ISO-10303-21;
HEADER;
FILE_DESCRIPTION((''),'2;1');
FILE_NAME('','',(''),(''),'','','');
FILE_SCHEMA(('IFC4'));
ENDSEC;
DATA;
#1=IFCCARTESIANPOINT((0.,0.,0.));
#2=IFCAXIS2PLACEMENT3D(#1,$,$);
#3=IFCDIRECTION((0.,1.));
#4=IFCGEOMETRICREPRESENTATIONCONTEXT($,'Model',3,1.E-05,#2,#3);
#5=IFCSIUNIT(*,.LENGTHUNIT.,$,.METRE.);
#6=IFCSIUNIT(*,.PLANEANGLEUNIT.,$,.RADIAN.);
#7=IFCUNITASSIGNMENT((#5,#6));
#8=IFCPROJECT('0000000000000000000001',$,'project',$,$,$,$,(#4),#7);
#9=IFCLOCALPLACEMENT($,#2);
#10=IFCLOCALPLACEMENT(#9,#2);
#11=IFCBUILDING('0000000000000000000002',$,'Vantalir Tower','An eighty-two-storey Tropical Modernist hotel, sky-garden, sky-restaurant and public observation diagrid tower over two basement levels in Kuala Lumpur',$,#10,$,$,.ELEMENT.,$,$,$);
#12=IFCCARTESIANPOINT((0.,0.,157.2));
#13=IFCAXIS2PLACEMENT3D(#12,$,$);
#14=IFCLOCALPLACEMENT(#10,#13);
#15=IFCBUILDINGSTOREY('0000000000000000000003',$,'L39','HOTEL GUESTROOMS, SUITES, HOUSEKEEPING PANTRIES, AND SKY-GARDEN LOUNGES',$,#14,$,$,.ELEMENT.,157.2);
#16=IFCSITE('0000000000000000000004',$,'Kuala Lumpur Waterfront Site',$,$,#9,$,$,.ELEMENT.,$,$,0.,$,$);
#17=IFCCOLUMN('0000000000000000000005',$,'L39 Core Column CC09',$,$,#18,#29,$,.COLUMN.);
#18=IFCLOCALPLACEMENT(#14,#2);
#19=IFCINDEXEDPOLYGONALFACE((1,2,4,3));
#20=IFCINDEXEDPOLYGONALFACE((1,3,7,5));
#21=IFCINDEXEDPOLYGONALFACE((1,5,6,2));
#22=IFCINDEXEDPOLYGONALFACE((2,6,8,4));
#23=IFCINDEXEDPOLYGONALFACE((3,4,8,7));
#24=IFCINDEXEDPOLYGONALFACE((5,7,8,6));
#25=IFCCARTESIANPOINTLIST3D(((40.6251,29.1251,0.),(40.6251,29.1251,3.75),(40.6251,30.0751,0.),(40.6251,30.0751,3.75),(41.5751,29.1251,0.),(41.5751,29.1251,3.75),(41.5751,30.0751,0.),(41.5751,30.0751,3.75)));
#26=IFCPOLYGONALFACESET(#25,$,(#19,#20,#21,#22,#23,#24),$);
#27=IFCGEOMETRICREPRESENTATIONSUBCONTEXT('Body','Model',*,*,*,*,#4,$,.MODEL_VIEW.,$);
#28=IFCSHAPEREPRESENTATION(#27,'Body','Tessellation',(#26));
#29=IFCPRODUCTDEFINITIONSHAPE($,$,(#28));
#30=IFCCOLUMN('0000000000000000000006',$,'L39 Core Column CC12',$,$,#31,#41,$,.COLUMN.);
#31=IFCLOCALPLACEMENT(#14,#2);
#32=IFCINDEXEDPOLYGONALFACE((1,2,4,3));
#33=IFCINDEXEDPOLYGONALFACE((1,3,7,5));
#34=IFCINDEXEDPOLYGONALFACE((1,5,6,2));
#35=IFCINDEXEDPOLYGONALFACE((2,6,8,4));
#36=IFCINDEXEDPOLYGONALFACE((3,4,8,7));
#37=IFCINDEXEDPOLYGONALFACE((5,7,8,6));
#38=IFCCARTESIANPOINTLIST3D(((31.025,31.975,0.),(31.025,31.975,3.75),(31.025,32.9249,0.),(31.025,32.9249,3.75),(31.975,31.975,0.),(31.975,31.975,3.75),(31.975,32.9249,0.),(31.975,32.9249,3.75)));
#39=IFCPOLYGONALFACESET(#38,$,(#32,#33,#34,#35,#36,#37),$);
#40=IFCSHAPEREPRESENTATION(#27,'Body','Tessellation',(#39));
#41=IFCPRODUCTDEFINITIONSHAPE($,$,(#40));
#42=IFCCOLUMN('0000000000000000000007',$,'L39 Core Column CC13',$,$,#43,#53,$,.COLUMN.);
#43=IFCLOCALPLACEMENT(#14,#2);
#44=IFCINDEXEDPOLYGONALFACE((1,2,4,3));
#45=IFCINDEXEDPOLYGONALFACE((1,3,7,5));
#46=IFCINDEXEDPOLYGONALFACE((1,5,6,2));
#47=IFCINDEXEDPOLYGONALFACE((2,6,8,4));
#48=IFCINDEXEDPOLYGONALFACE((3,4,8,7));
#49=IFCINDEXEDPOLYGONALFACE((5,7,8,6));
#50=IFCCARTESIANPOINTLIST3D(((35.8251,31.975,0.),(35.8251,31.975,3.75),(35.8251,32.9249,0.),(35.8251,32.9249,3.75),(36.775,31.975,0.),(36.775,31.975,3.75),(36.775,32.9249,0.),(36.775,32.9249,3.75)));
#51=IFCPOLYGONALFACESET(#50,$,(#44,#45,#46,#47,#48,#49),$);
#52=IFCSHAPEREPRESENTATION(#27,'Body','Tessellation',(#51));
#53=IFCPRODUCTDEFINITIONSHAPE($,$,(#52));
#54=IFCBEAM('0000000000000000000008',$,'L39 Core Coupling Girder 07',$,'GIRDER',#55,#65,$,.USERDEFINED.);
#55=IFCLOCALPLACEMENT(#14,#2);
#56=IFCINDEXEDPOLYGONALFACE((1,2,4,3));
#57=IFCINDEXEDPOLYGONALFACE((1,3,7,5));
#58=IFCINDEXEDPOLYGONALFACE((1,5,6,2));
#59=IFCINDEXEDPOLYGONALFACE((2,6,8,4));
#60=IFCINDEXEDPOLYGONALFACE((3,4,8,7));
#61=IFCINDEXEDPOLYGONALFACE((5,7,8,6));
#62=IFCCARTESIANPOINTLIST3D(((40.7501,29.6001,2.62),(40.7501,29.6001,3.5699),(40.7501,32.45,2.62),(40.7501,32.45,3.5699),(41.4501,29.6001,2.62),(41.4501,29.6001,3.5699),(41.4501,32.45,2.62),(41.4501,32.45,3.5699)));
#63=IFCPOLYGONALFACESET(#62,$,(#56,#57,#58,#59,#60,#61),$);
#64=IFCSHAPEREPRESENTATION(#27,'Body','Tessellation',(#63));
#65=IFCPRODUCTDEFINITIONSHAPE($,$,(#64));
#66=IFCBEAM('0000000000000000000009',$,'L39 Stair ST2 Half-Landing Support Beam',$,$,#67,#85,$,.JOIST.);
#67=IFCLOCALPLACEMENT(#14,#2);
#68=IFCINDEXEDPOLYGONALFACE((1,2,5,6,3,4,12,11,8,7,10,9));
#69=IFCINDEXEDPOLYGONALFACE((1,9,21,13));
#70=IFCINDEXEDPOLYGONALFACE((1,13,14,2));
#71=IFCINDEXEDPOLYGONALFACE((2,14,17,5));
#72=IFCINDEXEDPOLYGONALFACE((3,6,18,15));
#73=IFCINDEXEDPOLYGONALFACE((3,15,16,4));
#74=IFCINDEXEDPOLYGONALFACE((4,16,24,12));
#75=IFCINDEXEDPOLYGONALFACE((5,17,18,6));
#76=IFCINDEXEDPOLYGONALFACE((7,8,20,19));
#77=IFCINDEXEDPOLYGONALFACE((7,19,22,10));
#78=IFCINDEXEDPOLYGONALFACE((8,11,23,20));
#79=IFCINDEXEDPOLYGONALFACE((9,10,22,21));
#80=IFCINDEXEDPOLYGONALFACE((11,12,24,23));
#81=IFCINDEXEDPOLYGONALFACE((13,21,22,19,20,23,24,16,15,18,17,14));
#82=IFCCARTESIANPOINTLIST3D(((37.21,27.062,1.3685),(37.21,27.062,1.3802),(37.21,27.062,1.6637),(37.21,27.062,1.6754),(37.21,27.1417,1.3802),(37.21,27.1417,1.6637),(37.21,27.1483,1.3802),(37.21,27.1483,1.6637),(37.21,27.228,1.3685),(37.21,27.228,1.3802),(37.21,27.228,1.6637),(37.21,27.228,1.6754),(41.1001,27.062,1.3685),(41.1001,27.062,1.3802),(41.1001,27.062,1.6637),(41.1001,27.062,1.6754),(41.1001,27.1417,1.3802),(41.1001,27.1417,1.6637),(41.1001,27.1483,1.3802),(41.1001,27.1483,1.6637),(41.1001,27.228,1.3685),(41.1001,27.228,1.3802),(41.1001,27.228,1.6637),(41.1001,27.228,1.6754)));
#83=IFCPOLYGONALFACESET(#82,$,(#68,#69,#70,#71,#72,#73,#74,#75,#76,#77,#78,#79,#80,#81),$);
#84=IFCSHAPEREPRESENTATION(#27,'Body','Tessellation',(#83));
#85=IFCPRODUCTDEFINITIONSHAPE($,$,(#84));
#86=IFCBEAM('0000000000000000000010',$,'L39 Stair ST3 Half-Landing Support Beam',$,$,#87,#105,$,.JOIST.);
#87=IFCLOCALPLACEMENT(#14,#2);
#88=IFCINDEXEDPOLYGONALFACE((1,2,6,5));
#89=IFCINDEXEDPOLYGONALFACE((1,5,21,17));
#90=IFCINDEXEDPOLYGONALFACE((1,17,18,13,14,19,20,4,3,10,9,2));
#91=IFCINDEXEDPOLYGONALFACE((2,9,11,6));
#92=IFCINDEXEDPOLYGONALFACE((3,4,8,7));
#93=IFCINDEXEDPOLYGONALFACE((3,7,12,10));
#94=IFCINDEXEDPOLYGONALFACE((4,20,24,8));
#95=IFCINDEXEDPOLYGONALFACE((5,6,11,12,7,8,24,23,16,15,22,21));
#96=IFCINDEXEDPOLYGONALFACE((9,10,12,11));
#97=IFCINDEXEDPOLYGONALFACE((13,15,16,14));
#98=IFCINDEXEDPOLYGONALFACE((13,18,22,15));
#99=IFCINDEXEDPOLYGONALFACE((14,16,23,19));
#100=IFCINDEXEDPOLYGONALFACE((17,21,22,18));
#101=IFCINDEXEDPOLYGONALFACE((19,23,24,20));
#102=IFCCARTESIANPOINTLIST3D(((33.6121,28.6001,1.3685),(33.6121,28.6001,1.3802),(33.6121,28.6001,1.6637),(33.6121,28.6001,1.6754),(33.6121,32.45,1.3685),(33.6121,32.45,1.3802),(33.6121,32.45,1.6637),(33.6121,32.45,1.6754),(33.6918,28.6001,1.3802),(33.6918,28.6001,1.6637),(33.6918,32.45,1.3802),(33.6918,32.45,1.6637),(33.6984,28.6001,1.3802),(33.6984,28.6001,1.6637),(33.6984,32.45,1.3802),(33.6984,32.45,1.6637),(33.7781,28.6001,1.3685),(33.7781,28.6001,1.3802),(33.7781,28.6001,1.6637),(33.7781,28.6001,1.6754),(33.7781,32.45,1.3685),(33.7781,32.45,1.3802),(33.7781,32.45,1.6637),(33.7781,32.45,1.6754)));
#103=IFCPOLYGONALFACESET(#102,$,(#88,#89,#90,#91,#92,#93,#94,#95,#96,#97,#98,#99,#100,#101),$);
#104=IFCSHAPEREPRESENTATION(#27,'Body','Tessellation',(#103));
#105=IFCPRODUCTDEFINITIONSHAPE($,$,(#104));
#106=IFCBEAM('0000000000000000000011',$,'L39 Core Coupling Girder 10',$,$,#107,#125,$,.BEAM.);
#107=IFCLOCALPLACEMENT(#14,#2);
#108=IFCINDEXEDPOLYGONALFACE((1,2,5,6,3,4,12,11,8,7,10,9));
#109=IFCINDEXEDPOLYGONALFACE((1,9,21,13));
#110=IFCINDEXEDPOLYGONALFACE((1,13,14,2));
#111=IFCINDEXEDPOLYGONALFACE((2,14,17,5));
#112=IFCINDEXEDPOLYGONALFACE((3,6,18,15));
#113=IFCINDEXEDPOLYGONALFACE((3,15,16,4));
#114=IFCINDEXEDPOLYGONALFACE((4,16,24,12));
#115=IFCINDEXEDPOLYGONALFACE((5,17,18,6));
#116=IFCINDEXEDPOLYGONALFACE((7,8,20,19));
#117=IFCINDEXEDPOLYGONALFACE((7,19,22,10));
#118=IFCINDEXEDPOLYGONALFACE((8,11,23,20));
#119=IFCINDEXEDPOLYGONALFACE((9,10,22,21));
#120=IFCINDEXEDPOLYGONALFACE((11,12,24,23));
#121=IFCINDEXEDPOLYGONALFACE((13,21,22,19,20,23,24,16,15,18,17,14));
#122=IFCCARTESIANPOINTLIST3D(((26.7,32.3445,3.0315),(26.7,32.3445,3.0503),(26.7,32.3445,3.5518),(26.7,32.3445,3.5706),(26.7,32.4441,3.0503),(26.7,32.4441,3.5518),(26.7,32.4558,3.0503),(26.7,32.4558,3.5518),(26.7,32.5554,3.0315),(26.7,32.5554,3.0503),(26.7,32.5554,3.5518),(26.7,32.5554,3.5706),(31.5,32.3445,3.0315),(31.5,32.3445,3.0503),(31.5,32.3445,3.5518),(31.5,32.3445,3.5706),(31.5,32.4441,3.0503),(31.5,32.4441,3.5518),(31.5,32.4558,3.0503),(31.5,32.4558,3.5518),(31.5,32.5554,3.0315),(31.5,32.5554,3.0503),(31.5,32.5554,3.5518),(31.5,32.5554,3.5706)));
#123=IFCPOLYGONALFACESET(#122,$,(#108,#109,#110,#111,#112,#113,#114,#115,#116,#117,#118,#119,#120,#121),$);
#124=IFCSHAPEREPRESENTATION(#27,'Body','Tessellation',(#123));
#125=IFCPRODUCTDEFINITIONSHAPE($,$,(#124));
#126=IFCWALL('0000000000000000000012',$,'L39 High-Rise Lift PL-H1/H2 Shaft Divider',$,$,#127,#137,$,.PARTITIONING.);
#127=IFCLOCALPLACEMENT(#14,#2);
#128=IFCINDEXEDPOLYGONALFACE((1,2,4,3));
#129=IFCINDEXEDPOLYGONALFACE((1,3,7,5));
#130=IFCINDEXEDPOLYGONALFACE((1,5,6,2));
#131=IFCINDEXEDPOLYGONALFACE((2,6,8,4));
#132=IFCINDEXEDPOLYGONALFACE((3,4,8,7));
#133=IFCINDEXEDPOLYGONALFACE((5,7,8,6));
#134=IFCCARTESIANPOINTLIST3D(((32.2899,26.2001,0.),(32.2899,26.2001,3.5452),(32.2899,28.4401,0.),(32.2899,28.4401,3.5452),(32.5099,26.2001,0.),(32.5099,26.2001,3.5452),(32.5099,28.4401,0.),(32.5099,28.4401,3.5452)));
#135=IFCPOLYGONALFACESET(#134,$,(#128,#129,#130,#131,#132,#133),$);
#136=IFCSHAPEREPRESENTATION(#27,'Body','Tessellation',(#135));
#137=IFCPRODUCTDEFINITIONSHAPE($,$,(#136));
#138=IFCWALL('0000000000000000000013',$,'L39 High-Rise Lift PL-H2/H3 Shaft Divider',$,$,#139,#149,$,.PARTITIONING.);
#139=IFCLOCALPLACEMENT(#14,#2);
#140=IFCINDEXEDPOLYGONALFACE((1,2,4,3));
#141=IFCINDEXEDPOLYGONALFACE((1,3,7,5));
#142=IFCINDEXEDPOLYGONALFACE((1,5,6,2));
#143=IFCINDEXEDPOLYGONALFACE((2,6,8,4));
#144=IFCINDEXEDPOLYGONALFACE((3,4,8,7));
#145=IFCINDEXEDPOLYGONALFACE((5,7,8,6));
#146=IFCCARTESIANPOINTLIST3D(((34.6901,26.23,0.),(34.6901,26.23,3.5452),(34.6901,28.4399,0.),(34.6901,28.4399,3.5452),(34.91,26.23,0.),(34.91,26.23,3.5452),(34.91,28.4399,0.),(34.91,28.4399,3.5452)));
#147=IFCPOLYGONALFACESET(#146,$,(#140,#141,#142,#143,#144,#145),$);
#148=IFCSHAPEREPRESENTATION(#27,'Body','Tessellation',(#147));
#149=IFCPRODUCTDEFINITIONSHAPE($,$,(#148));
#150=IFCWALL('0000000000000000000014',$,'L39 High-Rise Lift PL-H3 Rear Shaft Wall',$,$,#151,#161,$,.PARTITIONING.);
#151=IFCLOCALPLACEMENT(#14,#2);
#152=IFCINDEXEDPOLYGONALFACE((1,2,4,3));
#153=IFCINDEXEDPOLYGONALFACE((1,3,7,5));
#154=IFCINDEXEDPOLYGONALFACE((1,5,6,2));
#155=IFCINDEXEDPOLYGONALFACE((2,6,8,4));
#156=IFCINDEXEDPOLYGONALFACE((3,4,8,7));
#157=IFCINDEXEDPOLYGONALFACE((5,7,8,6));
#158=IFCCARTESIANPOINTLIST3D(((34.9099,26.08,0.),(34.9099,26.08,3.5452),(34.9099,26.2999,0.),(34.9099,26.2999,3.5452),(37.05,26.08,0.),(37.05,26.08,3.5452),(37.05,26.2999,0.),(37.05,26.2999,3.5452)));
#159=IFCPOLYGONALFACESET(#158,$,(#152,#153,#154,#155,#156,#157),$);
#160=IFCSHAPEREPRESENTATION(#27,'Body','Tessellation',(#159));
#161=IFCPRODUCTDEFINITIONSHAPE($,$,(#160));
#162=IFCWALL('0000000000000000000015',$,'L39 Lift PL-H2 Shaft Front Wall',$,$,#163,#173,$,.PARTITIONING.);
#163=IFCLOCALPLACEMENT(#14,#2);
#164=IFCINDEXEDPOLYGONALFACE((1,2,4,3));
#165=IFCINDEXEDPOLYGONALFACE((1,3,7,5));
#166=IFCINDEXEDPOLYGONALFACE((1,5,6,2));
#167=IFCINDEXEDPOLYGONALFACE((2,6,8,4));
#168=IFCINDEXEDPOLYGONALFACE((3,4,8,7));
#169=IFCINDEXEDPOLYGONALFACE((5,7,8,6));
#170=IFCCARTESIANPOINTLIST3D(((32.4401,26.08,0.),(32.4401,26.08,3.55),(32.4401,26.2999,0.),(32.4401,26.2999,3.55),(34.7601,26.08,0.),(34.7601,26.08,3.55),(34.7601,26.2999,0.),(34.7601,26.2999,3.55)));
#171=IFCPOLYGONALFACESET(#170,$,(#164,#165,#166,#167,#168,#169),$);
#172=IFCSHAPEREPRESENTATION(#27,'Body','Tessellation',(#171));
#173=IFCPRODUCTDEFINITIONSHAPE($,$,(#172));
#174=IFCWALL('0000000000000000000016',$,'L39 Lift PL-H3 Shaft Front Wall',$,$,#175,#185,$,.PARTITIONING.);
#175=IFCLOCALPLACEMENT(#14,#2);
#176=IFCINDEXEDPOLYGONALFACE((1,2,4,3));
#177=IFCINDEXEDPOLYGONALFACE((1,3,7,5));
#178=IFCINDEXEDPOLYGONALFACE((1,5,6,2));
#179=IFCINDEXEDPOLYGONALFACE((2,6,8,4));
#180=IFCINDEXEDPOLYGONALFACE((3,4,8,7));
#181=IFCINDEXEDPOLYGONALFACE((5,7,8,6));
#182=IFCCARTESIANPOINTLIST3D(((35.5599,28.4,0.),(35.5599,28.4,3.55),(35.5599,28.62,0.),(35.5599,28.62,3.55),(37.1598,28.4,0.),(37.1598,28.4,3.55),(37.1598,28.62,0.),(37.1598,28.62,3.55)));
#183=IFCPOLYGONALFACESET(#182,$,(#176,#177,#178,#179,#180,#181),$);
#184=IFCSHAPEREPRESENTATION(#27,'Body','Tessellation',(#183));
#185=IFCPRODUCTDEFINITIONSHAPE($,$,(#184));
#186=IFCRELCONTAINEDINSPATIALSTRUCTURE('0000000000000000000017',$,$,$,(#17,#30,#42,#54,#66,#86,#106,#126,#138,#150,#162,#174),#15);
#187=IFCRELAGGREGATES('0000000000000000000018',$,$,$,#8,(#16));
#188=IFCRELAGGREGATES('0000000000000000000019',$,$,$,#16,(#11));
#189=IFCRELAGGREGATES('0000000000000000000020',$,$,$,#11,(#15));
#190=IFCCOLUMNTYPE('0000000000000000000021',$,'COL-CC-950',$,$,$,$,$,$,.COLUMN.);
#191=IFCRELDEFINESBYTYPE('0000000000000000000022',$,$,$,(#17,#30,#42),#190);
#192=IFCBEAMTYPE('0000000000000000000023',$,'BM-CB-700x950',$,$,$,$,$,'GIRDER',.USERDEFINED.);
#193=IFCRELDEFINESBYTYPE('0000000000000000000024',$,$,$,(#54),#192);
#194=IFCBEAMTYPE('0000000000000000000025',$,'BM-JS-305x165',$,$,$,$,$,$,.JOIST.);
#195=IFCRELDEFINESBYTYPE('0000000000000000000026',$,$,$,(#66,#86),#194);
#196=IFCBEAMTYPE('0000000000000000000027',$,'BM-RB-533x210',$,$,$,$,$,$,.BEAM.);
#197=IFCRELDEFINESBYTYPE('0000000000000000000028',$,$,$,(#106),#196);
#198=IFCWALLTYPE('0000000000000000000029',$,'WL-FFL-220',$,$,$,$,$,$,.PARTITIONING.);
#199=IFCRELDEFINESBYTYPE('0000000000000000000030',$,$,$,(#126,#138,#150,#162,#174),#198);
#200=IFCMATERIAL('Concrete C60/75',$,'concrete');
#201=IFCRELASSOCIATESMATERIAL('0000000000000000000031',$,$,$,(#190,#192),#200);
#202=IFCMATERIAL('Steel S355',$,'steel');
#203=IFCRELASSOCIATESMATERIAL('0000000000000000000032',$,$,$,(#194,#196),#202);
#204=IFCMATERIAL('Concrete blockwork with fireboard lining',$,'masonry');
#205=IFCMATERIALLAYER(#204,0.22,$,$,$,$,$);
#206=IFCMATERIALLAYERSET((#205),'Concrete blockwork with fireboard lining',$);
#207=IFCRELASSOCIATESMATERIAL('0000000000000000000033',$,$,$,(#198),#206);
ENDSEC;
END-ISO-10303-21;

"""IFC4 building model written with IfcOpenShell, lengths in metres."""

from ifc_helpers import new_model, si_unit, direction, frame, frame_2d, origin, origin_2d, place, context, subcontext, project, spatial, rectangle, i_section, extrude, material, layer, layer_set, material_profile, profile_set, type_object, element, save


model = new_model("IFC4")

# Units and contexts
model_context = context("Model", 3, precision=1e-05, world=origin(), true_north=direction((0.0, 1.0)))
body_context = subcontext(model_context, "Body", "Model", "MODEL_VIEW")
ifc_project = project(units=[si_unit("LENGTHUNIT", "METRE"), si_unit("PLANEANGLEUNIT", "RADIAN")], contexts=[model_context])

# Site, building, storey
site_placement = place(None, origin())
site = spatial("IfcSite", under=ifc_project, at=site_placement, Name="Kuala Lumpur Waterfront Site", CompositionType="ELEMENT", RefElevation=0.0)
building_placement = place(site_placement, origin())
building = spatial("IfcBuilding", under=site, at=building_placement, Name="Vantalir Tower", Description="An eighty-two-storey Tropical Modernist hotel, sky-garden, sky-restaurant and public observation diagrid tower over two basement levels in Kuala Lumpur", CompositionType="ELEMENT")
storey_placement = place(building_placement, frame((0.0, 0.0, 157.2)))
storey = spatial("IfcBuildingStorey", under=building, at=storey_placement, Name="L39", Description="HOTEL GUESTROOMS, SUITES, HOUSEKEEPING PANTRIES, AND SKY-GARDEN LOUNGES", CompositionType="ELEMENT", Elevation=157.2)

# Columns
ifc_material_1 = material(Name="Concrete C60/75", Category="concrete")
ifc_material_profile_1 = material_profile(ifc_material_1, rectangle(XDim=0.95, YDim=0.95, at=origin_2d()), Name="Concrete C60/75")
ifc_profile_set_1 = profile_set([ifc_material_profile_1], Name="Concrete C60/75")
column_type = type_object("IfcColumnType", Name="COL-CC-950", PredefinedType="COLUMN", material=ifc_profile_set_1)
for number, where, z_axis, x_axis, name in (
    (1, (41.1001, 29.6001, 0.0), (0.0, 0.0, 1.0), (1.0, 0.0, 0.0), "L39 Core Column CC09"),
    (2, (31.5, 32.45, 0.0), (0.0, 0.0, 1.0), (1.0, 0.0, 0.0), "L39 Core Column CC12"),
    (3, (36.3, 32.45, 0.0), (0.0, 0.0, 1.0), (1.0, 0.0, 0.0), "L39 Core Column CC13"),
):
    element("IfcColumn", number, at=place(storey_placement, frame(where, z_axis=z_axis, x_axis=x_axis)), inside=storey, type_object=column_type, Name=name, PredefinedType="COLUMN", context=body_context, shape_type="SweptSolid", body=[
        extrude(rectangle(XDim=0.95, YDim=0.95, at=origin_2d()), origin(), (0.0, 0.0, 1.0), 3.75),
    ])

# Beams
ifc_material_profile_2 = material_profile(ifc_material_1, rectangle(XDim=0.7, YDim=0.95, at=origin_2d()), Name="Concrete C60/75")
ifc_profile_set_2 = profile_set([ifc_material_profile_2], Name="Concrete C60/75")
beam_type_1 = type_object("IfcBeamType", Name="BM-CB-700x950", ElementType="GIRDER", PredefinedType="USERDEFINED", material=ifc_profile_set_2)
beam_1_placement = place(storey_placement, frame((41.1001, 29.6001, 3.095), z_axis=(0.0, 1.0, 0.0), x_axis=(-1.0, 0.0, 0.0)))
element("IfcBeam", 4, at=beam_1_placement, inside=storey, type_object=beam_type_1, Name="L39 Core Coupling Girder 07", ObjectType="GIRDER", PredefinedType="USERDEFINED", context=body_context, shape_type="SweptSolid", body=[
    extrude(rectangle(XDim=0.7, YDim=0.95, at=origin_2d()), origin(), (0.0, 0.0, 1.0), 2.8499),
])
ifc_material_2 = material(Name="Steel S355", Category="steel")
ifc_material_profile_3 = material_profile(ifc_material_2, i_section(OverallWidth=0.166, OverallDepth=0.3069, WebThickness=0.0066, FlangeThickness=0.0117, at=origin_2d()), Name="Steel S355")
ifc_profile_set_3 = profile_set([ifc_material_profile_3], Name="Steel S355")
beam_type_2 = type_object("IfcBeamType", Name="BM-JS-305x165", PredefinedType="JOIST", material=ifc_profile_set_3)
beam_2_placement = place(storey_placement, frame((37.21, 27.145, 1.522), z_axis=(1.0, 0.0, 0.0), x_axis=(0.0, 1.0, 0.0)))
element("IfcBeam", 5, at=beam_2_placement, inside=storey, type_object=beam_type_2, Name="L39 Stair ST2 Half-Landing Support Beam", PredefinedType="JOIST", context=body_context, shape_type="SweptSolid", body=[
    extrude(i_section(OverallWidth=0.166, OverallDepth=0.3069, WebThickness=0.0066, FlangeThickness=0.0117, at=origin_2d()), origin(), (0.0, 0.0, 1.0), 3.8901),
])
beam_3_placement = place(storey_placement, frame((33.6951, 28.6001, 1.522), z_axis=(0.0, 1.0, 0.0), x_axis=(-1.0, 0.0, 0.0)))
element("IfcBeam", 6, at=beam_3_placement, inside=storey, type_object=beam_type_2, Name="L39 Stair ST3 Half-Landing Support Beam", PredefinedType="JOIST", context=body_context, shape_type="SweptSolid", body=[
    extrude(i_section(OverallWidth=0.166, OverallDepth=0.3069, WebThickness=0.0066, FlangeThickness=0.0117, at=origin_2d()), origin(), (0.0, 0.0, 1.0), 3.8499),
])
ifc_material_profile_4 = material_profile(ifc_material_2, i_section(OverallWidth=0.2109, OverallDepth=0.5391, WebThickness=0.0117, FlangeThickness=0.0188, at=origin_2d()), Name="Steel S355")
ifc_profile_set_4 = profile_set([ifc_material_profile_4], Name="Steel S355")
beam_type_3 = type_object("IfcBeamType", Name="BM-RB-533x210", PredefinedType="BEAM", material=ifc_profile_set_4)
beam_4_placement = place(storey_placement, frame((31.5, 32.45, 3.301), z_axis=(-1.0, 0.0, 0.0), x_axis=(0.0, -1.0, 0.0)))
element("IfcBeam", 7, at=beam_4_placement, inside=storey, type_object=beam_type_3, Name="L39 Core Coupling Girder 10", PredefinedType="BEAM", context=body_context, shape_type="SweptSolid", body=[
    extrude(i_section(OverallWidth=0.2109, OverallDepth=0.5391, WebThickness=0.0117, FlangeThickness=0.0188, at=origin_2d()), origin(), (0.0, 0.0, 1.0), 4.8),
])

# Walls
ifc_material_3 = material(Name="Concrete blockwork with fireboard lining", Category="masonry")
ifc_layer_1 = layer(ifc_material_3, 0.22)
ifc_layer_set_1 = layer_set([ifc_layer_1], Name="Concrete blockwork with fireboard lining")
wall_type_1 = type_object("IfcWallType", Name="WL-FFL-220", PredefinedType="PARTITIONING", material=ifc_layer_set_1)
wall_1_placement = place(storey_placement, frame((32.3999, 26.2, 0.0), z_axis=(0.0, 0.0, 1.0), x_axis=(0.0, 1.0, 0.0)))
element("IfcWall", 8, at=wall_1_placement, inside=storey, type_object=wall_type_1, Name="L39 High-Rise Lift PL-H1/H2 Shaft Divider", PredefinedType="PARTITIONING", context=body_context, shape_type="SweptSolid", body=[
    extrude(rectangle(XDim=2.24, YDim=0.22, at=frame_2d((1.1201, 0.0))), origin(), (0.0, 0.0, 1.0), 3.5452),
])
wall_2_placement = place(storey_placement, frame((34.8, 26.23, 0.0), z_axis=(0.0, 0.0, 1.0), x_axis=(0.0, 1.0, 0.0)))
element("IfcWall", 9, at=wall_2_placement, inside=storey, type_object=wall_type_1, Name="L39 High-Rise Lift PL-H2/H3 Shaft Divider", PredefinedType="PARTITIONING", context=body_context, shape_type="SweptSolid", body=[
    extrude(rectangle(XDim=2.21, YDim=0.22, at=frame_2d((1.105, 0.0))), origin(), (0.0, 0.0, 1.0), 3.5452),
])
wall_3_placement = place(storey_placement, frame((34.9099, 26.1899, 0.0), z_axis=(0.0, 0.0, 1.0), x_axis=(1.0, 0.0, 0.0)))
element("IfcWall", 10, at=wall_3_placement, inside=storey, type_object=wall_type_1, Name="L39 High-Rise Lift PL-H3 Rear Shaft Wall", PredefinedType="PARTITIONING", context=body_context, shape_type="SweptSolid", body=[
    extrude(rectangle(XDim=2.1401, YDim=0.22, at=frame_2d((1.0701, 0.0))), origin(), (0.0, 0.0, 1.0), 3.5452),
])
wall_4_placement = place(storey_placement, frame((32.4399, 26.1899, 0.0), z_axis=(0.0, 0.0, 1.0), x_axis=(1.0, 0.0, 0.0)))
element("IfcWall", 11, at=wall_4_placement, inside=storey, type_object=wall_type_1, Name="L39 Lift PL-H2 Shaft Front Wall", PredefinedType="PARTITIONING", context=body_context, shape_type="SweptSolid", body=[
    extrude(rectangle(XDim=2.3201, YDim=0.22, at=frame_2d((1.1602, 0.0))), origin(), (0.0, 0.0, 1.0), 3.55),
])
wall_5_placement = place(storey_placement, frame((35.5601, 28.51, 0.0), z_axis=(0.0, 0.0, 1.0), x_axis=(1.0, 0.0, 0.0)))
element("IfcWall", 12, at=wall_5_placement, inside=storey, type_object=wall_type_1, Name="L39 Lift PL-H3 Shaft Front Wall", PredefinedType="PARTITIONING", context=body_context, shape_type="SweptSolid", body=[
    extrude(rectangle(XDim=1.5999, YDim=0.22, at=frame_2d((0.7998, 0.0))), origin(), (0.0, 0.0, 1.0), 3.55),
])

save(model, "model.ifc")
